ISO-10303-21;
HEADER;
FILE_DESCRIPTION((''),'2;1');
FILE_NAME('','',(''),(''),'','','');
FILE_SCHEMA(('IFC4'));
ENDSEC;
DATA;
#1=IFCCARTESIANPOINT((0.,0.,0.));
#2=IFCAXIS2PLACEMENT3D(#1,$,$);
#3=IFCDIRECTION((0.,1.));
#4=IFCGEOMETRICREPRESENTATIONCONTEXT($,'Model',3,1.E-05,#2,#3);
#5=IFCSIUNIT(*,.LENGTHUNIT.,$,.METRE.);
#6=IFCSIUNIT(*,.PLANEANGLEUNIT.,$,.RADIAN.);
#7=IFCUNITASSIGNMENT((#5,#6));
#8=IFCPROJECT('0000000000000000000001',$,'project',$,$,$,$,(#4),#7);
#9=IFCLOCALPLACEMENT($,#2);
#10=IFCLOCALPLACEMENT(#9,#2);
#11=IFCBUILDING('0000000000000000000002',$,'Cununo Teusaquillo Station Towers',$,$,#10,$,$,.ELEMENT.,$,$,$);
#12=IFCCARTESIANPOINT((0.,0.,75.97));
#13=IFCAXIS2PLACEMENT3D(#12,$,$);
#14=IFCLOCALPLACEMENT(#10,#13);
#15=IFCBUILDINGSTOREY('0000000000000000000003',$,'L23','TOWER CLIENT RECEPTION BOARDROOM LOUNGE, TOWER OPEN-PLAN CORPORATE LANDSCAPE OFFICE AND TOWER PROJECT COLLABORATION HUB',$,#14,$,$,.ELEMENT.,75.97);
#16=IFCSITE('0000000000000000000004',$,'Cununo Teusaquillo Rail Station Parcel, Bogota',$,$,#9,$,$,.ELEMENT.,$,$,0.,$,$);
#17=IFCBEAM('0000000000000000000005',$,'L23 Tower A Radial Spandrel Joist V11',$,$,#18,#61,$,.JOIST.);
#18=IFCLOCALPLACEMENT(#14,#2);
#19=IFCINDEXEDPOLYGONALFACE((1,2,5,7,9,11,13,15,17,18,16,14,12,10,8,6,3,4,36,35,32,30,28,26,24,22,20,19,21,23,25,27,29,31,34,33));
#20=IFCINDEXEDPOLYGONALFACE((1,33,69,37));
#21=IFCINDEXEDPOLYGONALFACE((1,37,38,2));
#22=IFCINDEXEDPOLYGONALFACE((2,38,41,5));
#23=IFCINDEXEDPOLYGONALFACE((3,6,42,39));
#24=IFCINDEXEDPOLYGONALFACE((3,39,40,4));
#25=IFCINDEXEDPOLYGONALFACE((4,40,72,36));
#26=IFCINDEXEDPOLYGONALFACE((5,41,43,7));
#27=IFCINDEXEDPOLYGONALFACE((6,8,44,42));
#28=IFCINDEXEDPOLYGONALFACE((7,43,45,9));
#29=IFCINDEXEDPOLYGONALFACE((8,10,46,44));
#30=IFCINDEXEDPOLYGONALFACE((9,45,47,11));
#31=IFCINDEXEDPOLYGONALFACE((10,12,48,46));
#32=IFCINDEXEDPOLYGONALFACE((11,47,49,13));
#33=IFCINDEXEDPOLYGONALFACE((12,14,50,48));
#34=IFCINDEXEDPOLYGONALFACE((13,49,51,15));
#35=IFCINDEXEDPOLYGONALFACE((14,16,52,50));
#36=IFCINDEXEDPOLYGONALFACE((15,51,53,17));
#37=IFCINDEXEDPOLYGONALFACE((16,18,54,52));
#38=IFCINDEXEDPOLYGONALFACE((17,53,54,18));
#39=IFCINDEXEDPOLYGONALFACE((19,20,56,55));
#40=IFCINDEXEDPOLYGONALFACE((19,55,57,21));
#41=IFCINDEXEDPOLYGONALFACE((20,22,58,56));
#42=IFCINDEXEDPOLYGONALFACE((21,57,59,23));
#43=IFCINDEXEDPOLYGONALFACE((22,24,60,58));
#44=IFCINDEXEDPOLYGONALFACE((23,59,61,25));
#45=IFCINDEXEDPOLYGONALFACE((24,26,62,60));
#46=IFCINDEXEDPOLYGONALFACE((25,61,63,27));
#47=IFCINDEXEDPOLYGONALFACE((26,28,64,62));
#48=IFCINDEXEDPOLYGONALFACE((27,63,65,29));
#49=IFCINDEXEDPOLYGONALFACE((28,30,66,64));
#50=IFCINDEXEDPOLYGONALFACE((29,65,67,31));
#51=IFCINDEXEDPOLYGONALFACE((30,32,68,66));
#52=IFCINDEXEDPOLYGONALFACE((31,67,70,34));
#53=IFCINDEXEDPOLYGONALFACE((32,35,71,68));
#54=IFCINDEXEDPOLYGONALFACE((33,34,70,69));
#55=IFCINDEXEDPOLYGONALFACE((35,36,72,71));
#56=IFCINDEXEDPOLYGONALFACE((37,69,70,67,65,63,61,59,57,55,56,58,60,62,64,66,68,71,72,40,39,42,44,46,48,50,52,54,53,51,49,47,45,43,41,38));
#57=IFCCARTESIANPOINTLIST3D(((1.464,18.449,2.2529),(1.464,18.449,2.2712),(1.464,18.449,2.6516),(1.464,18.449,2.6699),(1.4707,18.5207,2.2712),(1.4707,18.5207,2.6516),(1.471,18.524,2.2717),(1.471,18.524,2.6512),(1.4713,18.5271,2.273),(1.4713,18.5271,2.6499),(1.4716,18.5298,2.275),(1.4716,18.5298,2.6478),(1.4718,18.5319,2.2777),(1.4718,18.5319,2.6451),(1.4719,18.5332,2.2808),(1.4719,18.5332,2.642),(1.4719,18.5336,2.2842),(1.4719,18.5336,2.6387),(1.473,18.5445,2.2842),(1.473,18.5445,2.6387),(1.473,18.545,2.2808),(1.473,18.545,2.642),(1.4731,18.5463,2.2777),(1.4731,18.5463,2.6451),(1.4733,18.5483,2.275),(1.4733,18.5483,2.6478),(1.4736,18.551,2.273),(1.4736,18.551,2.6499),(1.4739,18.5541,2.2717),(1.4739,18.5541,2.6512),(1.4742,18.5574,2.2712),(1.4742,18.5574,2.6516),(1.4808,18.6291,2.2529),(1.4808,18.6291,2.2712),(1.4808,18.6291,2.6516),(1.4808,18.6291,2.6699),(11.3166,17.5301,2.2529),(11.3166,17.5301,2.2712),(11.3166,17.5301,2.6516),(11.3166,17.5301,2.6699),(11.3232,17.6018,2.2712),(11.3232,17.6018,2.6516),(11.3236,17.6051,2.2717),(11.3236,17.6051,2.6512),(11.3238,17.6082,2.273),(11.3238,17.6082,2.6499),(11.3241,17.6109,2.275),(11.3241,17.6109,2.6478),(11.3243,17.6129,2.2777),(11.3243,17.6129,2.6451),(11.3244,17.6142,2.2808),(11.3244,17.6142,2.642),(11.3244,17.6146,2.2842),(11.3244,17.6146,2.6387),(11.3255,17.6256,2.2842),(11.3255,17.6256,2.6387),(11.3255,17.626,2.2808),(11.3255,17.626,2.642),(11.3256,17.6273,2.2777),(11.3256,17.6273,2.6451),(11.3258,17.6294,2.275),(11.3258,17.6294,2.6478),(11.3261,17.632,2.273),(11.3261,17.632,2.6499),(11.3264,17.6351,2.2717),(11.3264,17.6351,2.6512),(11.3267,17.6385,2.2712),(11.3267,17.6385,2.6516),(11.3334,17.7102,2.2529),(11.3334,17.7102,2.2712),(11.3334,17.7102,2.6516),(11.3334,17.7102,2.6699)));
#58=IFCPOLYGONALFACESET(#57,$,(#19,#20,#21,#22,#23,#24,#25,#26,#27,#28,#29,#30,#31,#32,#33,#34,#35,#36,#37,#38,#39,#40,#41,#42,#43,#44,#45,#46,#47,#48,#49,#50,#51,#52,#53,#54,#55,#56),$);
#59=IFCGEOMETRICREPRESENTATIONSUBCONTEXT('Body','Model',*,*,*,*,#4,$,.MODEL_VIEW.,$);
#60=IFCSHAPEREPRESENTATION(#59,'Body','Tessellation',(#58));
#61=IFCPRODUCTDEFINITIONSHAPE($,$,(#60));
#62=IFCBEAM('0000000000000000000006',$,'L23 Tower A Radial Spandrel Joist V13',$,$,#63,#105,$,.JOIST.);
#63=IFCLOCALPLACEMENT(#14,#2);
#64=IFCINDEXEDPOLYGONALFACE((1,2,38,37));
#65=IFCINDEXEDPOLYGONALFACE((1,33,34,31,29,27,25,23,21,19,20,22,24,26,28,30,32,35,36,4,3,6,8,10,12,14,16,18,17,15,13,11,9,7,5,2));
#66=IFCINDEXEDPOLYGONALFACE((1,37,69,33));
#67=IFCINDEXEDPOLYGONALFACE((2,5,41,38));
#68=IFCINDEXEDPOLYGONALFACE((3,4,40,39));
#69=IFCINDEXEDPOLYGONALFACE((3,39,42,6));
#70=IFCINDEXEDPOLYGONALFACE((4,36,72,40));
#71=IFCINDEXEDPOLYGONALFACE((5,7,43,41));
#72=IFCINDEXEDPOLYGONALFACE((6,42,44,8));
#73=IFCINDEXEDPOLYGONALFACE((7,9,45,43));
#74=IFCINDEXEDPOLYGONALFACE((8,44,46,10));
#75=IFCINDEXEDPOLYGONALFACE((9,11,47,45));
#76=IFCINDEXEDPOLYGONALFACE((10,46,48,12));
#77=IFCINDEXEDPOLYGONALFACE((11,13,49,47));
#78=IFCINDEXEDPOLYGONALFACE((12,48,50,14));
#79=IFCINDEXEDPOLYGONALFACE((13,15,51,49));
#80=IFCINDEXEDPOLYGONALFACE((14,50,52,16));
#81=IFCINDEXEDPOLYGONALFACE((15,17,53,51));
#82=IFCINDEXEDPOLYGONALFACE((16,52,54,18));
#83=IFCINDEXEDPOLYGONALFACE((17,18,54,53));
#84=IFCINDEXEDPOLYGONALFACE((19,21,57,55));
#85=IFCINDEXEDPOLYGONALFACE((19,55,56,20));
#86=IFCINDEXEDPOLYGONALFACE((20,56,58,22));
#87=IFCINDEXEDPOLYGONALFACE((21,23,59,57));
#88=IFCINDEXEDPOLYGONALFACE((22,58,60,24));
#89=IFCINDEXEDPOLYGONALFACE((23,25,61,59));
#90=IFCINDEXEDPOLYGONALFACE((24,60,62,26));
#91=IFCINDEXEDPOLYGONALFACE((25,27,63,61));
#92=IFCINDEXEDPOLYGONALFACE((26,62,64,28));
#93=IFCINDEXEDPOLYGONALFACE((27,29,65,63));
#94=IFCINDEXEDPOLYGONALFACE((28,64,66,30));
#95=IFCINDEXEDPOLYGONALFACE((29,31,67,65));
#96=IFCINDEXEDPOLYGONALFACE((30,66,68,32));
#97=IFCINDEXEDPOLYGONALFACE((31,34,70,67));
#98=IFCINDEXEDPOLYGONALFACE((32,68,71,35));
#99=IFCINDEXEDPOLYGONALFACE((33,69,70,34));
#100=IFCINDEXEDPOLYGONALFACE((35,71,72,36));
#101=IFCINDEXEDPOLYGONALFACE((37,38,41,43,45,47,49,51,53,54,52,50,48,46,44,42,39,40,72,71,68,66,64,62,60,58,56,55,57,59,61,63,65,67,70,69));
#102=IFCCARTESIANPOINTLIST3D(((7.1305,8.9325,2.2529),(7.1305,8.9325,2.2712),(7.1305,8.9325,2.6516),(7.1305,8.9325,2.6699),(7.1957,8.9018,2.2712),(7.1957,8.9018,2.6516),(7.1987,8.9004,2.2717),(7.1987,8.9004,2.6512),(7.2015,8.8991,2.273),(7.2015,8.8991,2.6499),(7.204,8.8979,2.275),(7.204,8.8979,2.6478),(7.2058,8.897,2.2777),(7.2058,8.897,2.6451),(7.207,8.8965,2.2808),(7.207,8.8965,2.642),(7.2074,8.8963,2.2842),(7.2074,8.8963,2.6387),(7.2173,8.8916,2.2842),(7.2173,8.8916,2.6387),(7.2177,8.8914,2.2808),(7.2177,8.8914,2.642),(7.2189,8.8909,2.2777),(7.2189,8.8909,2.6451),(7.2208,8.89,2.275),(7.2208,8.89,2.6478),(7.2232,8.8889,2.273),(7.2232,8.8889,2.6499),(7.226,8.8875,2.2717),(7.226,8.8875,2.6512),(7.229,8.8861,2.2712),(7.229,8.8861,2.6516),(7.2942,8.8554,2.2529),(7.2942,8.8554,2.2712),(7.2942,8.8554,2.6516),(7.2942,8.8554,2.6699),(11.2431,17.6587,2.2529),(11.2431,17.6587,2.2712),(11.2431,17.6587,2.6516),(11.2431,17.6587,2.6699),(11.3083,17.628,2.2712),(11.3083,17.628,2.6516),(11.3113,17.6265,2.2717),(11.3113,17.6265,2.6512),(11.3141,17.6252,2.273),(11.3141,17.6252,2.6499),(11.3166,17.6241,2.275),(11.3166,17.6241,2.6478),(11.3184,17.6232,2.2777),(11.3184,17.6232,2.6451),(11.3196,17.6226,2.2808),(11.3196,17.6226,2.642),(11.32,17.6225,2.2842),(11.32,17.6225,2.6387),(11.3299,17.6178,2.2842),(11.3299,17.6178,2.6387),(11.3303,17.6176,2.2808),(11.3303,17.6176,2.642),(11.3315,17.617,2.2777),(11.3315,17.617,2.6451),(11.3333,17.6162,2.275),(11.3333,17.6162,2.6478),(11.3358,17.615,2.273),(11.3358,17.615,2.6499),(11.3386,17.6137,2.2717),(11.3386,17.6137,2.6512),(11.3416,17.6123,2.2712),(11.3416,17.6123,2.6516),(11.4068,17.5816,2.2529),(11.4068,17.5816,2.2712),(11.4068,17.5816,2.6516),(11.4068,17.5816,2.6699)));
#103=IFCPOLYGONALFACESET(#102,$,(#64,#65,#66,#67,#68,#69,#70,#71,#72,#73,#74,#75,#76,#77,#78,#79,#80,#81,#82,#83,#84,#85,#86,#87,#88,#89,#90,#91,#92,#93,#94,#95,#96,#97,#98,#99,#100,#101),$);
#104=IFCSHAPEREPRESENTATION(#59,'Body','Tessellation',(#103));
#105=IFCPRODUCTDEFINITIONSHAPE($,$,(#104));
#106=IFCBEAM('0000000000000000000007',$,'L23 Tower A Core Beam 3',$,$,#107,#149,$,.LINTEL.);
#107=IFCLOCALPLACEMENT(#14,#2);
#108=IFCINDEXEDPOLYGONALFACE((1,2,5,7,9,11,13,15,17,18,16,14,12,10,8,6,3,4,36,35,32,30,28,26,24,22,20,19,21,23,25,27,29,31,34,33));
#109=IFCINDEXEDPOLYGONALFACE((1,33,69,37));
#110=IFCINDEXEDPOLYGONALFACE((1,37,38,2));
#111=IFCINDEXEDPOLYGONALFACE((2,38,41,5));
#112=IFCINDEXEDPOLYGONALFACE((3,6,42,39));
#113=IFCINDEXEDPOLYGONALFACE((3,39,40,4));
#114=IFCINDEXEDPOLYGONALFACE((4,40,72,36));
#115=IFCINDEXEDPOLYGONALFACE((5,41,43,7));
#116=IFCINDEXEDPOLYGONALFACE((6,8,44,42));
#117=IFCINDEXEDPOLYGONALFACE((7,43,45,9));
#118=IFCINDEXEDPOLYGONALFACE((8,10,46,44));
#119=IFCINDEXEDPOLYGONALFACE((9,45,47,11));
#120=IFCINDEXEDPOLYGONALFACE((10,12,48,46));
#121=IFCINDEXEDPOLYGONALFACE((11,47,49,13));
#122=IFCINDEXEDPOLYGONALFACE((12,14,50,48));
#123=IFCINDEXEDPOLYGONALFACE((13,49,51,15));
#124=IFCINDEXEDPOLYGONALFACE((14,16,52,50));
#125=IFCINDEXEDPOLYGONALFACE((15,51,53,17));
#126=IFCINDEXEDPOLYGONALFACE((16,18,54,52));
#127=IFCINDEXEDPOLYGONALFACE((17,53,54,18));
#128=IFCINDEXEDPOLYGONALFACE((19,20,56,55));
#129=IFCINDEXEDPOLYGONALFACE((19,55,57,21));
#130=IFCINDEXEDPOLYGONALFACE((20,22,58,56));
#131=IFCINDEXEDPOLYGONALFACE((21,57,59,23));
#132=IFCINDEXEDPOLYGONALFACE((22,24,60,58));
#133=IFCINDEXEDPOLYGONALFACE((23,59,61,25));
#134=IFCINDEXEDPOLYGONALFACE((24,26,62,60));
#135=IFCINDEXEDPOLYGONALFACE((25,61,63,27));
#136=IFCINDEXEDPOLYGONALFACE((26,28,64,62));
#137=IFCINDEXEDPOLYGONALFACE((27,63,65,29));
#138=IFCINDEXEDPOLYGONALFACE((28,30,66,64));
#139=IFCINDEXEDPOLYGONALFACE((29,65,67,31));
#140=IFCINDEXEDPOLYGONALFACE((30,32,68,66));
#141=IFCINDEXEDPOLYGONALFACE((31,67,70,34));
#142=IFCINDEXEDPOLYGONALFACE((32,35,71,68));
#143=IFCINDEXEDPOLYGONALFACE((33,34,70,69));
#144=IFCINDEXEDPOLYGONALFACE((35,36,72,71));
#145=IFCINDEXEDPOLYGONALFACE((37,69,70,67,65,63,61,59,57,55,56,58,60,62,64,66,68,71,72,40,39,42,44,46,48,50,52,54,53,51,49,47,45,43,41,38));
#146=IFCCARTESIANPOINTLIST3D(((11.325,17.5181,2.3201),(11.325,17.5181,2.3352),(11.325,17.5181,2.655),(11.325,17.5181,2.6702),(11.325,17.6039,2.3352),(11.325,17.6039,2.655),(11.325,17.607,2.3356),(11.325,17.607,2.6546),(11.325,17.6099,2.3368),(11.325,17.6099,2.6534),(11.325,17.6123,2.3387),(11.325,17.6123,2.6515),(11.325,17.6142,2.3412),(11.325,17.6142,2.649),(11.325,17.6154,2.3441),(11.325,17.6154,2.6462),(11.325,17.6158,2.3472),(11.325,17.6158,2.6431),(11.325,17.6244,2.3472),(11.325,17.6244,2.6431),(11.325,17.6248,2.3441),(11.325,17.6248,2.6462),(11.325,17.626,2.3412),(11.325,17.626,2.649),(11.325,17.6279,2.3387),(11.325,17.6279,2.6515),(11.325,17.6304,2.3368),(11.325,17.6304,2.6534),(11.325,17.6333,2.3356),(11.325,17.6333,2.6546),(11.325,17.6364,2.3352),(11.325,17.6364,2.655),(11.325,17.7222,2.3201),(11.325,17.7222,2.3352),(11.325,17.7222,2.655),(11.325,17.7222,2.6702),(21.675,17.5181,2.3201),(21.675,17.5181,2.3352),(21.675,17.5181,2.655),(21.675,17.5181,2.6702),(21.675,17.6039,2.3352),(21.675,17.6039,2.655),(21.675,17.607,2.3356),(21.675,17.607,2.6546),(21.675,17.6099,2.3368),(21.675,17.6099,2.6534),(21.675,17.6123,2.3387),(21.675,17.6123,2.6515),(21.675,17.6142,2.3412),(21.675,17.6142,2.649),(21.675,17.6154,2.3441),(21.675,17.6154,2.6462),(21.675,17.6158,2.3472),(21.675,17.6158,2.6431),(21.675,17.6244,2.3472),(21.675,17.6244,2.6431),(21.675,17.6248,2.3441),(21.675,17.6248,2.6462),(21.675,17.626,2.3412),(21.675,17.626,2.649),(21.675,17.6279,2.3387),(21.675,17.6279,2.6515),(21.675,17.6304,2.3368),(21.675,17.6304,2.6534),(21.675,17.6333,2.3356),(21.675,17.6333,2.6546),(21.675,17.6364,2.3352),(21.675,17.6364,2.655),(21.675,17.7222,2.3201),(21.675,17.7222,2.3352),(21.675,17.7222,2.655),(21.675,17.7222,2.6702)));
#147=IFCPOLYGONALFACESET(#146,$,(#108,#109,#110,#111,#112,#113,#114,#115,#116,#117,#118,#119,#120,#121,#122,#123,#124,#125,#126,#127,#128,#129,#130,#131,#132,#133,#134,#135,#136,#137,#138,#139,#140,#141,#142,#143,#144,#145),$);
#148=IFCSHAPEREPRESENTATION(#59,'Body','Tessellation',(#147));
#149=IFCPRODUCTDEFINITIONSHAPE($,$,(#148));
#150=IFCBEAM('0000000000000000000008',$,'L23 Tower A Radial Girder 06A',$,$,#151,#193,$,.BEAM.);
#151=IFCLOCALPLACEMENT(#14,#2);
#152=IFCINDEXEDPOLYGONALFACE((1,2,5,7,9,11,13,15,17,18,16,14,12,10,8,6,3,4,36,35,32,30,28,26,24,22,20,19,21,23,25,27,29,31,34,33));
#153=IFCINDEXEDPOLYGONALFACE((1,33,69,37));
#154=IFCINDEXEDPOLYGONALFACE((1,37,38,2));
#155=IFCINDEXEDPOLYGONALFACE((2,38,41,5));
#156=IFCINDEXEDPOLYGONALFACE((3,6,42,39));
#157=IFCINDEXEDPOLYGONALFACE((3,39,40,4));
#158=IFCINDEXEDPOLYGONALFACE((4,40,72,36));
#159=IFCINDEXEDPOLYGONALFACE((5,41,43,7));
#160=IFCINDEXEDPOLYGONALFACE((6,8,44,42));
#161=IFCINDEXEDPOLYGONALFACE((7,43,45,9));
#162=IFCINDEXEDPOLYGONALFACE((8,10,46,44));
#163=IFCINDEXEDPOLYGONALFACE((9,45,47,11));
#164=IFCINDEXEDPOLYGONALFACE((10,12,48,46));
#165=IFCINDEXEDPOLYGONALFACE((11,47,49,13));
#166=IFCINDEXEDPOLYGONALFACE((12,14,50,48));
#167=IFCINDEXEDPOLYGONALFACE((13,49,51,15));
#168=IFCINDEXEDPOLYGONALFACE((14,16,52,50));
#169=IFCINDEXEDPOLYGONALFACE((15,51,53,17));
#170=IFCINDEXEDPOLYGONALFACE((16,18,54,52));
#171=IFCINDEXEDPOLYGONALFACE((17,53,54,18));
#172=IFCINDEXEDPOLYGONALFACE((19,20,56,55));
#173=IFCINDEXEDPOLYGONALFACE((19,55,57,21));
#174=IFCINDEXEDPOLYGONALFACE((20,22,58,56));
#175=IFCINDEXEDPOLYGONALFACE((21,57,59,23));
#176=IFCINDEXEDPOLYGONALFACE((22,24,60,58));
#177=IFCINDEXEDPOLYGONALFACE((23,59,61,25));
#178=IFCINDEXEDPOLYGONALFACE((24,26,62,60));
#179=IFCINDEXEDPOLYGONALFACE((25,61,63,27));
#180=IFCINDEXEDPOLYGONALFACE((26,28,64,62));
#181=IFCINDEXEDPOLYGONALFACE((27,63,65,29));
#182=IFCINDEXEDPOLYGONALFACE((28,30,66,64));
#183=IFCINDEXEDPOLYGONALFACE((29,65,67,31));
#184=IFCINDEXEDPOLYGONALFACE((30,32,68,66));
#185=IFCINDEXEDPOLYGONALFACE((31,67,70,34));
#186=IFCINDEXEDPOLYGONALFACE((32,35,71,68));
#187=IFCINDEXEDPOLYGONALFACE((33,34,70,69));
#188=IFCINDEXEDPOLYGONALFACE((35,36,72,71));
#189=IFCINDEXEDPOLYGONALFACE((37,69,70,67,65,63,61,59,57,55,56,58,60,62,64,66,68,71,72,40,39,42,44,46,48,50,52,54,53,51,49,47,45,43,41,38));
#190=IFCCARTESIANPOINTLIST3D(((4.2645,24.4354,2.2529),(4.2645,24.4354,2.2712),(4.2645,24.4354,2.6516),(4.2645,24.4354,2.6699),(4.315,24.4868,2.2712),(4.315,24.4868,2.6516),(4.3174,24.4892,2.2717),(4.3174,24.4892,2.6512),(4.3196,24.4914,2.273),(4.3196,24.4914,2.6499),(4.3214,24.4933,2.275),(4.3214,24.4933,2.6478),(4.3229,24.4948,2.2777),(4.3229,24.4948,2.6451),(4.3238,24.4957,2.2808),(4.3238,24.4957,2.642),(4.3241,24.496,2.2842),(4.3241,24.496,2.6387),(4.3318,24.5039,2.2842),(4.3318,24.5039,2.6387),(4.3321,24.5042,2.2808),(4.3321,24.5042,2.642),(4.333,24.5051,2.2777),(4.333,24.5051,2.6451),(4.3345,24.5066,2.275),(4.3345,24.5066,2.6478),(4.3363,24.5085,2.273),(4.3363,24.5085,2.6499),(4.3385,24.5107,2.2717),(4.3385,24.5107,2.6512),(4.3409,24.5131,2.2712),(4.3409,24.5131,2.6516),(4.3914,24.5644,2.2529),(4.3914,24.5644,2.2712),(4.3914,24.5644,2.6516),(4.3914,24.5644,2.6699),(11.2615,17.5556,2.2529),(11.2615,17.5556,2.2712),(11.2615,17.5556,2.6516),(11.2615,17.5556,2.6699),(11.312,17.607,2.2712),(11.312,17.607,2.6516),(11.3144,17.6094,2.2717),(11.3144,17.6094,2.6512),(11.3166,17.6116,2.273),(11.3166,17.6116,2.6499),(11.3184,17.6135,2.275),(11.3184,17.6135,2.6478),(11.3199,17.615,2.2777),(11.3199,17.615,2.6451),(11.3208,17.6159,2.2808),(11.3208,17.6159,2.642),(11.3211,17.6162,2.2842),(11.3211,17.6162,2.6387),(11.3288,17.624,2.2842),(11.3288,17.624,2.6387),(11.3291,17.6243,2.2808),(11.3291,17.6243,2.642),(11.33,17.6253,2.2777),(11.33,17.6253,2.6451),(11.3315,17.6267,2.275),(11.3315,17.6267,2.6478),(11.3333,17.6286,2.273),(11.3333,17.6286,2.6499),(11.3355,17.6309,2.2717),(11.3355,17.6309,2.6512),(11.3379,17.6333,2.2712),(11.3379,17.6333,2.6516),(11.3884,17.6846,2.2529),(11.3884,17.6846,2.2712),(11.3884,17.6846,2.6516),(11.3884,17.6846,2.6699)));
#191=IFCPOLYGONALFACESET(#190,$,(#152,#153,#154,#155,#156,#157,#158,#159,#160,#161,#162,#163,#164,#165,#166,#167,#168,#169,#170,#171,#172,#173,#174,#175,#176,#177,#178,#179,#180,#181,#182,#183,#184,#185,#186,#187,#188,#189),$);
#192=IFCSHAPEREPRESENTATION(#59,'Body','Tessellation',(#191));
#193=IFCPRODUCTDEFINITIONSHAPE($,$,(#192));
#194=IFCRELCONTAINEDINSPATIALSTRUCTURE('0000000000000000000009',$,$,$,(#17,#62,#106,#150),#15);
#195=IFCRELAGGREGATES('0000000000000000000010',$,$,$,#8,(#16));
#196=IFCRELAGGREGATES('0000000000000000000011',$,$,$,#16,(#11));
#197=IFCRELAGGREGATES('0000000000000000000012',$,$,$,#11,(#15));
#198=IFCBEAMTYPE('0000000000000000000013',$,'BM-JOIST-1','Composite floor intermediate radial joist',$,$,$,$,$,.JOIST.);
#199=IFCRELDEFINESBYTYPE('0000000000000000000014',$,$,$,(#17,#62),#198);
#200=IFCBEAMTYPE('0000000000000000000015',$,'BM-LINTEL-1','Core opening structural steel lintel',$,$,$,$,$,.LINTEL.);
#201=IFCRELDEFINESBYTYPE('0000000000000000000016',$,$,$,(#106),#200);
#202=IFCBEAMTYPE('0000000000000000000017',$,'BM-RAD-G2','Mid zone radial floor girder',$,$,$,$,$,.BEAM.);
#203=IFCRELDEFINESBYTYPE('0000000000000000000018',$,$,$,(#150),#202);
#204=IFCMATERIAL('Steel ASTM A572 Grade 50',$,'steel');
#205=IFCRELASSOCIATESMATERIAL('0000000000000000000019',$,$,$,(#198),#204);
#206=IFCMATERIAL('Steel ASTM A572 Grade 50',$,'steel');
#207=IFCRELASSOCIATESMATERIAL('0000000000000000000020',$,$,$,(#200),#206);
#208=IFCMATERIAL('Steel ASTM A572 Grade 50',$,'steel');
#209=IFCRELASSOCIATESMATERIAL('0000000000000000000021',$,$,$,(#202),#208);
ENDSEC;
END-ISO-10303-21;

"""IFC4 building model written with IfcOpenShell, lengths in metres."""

from ifc_helpers import new_model, si_unit, direction, frame, origin, origin_2d, place, context, subcontext, project, spatial, i_section, extrude, material, material_profile, profile_set, type_object, element, save


model = new_model("IFC4")

# Units and contexts
model_context = context("Model", 3, precision=1e-05, world=origin(), true_north=direction((0.0, 1.0)))
body_context = subcontext(model_context, "Body", "Model", "MODEL_VIEW")
ifc_project = project(units=[si_unit("LENGTHUNIT", "METRE"), si_unit("PLANEANGLEUNIT", "RADIAN")], contexts=[model_context])

# Site, building, storey
site_placement = place(None, origin())
site = spatial("IfcSite", under=ifc_project, at=site_placement, Name="Cununo Teusaquillo Rail Station Parcel, Bogota", CompositionType="ELEMENT", RefElevation=0.0)
building_placement = place(site_placement, origin())
building = spatial("IfcBuilding", under=site, at=building_placement, Name="Cununo Teusaquillo Station Towers", CompositionType="ELEMENT")
storey_placement = place(building_placement, frame((0.0, 0.0, 75.97)))
storey = spatial("IfcBuildingStorey", under=building, at=storey_placement, Name="L23", Description="TOWER CLIENT RECEPTION BOARDROOM LOUNGE, TOWER OPEN-PLAN CORPORATE LANDSCAPE OFFICE AND TOWER PROJECT COLLABORATION HUB", CompositionType="ELEMENT", Elevation=75.97)

# Beams
ifc_material_1 = material(Name="Steel ASTM A572 Grade 50", Category="steel")
ifc_material_profile_1 = material_profile(ifc_material_1, i_section(OverallWidth=0.1809, OverallDepth=0.417, WebThickness=0.011, FlangeThickness=0.0183, FilletRadius=0.0129, at=origin_2d()), Name="W16X57")
ifc_profile_set_1 = profile_set([ifc_material_profile_1], Name="Steel ASTM A572 Grade 50")
beam_type_1 = type_object("IfcBeamType", Name="BM-JOIST-1", Description="Composite floor intermediate radial joist", PredefinedType="JOIST", material=ifc_profile_set_1)
beam_1_placement = place(storey_placement, frame((11.325, 17.6201, 2.4614), z_axis=(-0.995679, 0.092867, 0.0), x_axis=(-0.092867, -0.995679, 0.0)))
element("IfcBeam", 1, at=beam_1_placement, inside=storey, type_object=beam_type_1, Name="L23 Tower A Radial Spandrel Joist V11", PredefinedType="JOIST", context=body_context, shape_type="SweptSolid", body=[
    extrude(i_section(OverallWidth=0.1809, OverallDepth=0.417, WebThickness=0.011, FlangeThickness=0.0183, FilletRadius=0.0129, at=origin_2d()), origin(), (0.0, 0.0, 1.0), 9.8953),
])
beam_2_placement = place(storey_placement, frame((11.325, 17.6201, 2.4614), z_axis=(-0.42632, -0.904572, 0.0), x_axis=(0.904572, -0.42632, 0.0)))
element("IfcBeam", 2, at=beam_2_placement, inside=storey, type_object=beam_type_1, Name="L23 Tower A Radial Spandrel Joist V13", PredefinedType="JOIST", context=body_context, shape_type="SweptSolid", body=[
    extrude(i_section(OverallWidth=0.1809, OverallDepth=0.417, WebThickness=0.011, FlangeThickness=0.0183, FilletRadius=0.0129, at=origin_2d()), origin(), (0.0, 0.0, 1.0), 9.6467),
])
ifc_material_2 = material(Name="Steel ASTM A572 Grade 50", Category="steel")
ifc_material_profile_2 = material_profile(ifc_material_2, i_section(OverallWidth=0.2041, OverallDepth=0.3501, WebThickness=0.0085, FlangeThickness=0.0151, FilletRadius=0.012, at=origin_2d()), Name="W14X48")
ifc_profile_set_2 = profile_set([ifc_material_profile_2], Name="Steel ASTM A572 Grade 50")
beam_type_2 = type_object("IfcBeamType", Name="BM-LINTEL-1", Description="Core opening structural steel lintel", PredefinedType="LINTEL", material=ifc_profile_set_2)
beam_3_placement = place(storey_placement, frame((11.325, 17.6201, 2.4951), z_axis=(1.0, 0.0, 0.0), x_axis=(0.0, 1.0, 0.0)))
element("IfcBeam", 3, at=beam_3_placement, inside=storey, type_object=beam_type_2, Name="L23 Tower A Core Beam 3", PredefinedType="LINTEL", context=body_context, shape_type="SweptSolid", body=[
    extrude(i_section(OverallWidth=0.2041, OverallDepth=0.3501, WebThickness=0.0085, FlangeThickness=0.0151, FilletRadius=0.012, at=origin_2d()), origin(), (0.0, 0.0, 1.0), 10.3501),
])
ifc_material_3 = material(Name="Steel ASTM A572 Grade 50", Category="steel")
ifc_material_profile_3 = material_profile(ifc_material_3, i_section(OverallWidth=0.1809, OverallDepth=0.417, WebThickness=0.011, FlangeThickness=0.0183, FilletRadius=0.0129, at=origin_2d()), Name="W16X57")
ifc_profile_set_3 = profile_set([ifc_material_profile_3], Name="Steel ASTM A572 Grade 50")
beam_type_3 = type_object("IfcBeamType", Name="BM-RAD-G2", Description="Mid zone radial floor girder", PredefinedType="BEAM", material=ifc_profile_set_3)
beam_4_placement = place(storey_placement, frame((11.325, 17.6201, 2.4614), z_axis=(-0.713053, 0.70111, 0.0), x_axis=(-0.70111, -0.713053, 0.0)))
element("IfcBeam", 4, at=beam_4_placement, inside=storey, type_object=beam_type_3, Name="L23 Tower A Radial Girder 06A", PredefinedType="BEAM", context=body_context, shape_type="SweptSolid", body=[
    extrude(i_section(OverallWidth=0.1809, OverallDepth=0.417, WebThickness=0.011, FlangeThickness=0.0183, FilletRadius=0.0129, at=origin_2d()), origin(), (0.0, 0.0, 1.0), 9.8127),
])

save(model, "model.ifc")
